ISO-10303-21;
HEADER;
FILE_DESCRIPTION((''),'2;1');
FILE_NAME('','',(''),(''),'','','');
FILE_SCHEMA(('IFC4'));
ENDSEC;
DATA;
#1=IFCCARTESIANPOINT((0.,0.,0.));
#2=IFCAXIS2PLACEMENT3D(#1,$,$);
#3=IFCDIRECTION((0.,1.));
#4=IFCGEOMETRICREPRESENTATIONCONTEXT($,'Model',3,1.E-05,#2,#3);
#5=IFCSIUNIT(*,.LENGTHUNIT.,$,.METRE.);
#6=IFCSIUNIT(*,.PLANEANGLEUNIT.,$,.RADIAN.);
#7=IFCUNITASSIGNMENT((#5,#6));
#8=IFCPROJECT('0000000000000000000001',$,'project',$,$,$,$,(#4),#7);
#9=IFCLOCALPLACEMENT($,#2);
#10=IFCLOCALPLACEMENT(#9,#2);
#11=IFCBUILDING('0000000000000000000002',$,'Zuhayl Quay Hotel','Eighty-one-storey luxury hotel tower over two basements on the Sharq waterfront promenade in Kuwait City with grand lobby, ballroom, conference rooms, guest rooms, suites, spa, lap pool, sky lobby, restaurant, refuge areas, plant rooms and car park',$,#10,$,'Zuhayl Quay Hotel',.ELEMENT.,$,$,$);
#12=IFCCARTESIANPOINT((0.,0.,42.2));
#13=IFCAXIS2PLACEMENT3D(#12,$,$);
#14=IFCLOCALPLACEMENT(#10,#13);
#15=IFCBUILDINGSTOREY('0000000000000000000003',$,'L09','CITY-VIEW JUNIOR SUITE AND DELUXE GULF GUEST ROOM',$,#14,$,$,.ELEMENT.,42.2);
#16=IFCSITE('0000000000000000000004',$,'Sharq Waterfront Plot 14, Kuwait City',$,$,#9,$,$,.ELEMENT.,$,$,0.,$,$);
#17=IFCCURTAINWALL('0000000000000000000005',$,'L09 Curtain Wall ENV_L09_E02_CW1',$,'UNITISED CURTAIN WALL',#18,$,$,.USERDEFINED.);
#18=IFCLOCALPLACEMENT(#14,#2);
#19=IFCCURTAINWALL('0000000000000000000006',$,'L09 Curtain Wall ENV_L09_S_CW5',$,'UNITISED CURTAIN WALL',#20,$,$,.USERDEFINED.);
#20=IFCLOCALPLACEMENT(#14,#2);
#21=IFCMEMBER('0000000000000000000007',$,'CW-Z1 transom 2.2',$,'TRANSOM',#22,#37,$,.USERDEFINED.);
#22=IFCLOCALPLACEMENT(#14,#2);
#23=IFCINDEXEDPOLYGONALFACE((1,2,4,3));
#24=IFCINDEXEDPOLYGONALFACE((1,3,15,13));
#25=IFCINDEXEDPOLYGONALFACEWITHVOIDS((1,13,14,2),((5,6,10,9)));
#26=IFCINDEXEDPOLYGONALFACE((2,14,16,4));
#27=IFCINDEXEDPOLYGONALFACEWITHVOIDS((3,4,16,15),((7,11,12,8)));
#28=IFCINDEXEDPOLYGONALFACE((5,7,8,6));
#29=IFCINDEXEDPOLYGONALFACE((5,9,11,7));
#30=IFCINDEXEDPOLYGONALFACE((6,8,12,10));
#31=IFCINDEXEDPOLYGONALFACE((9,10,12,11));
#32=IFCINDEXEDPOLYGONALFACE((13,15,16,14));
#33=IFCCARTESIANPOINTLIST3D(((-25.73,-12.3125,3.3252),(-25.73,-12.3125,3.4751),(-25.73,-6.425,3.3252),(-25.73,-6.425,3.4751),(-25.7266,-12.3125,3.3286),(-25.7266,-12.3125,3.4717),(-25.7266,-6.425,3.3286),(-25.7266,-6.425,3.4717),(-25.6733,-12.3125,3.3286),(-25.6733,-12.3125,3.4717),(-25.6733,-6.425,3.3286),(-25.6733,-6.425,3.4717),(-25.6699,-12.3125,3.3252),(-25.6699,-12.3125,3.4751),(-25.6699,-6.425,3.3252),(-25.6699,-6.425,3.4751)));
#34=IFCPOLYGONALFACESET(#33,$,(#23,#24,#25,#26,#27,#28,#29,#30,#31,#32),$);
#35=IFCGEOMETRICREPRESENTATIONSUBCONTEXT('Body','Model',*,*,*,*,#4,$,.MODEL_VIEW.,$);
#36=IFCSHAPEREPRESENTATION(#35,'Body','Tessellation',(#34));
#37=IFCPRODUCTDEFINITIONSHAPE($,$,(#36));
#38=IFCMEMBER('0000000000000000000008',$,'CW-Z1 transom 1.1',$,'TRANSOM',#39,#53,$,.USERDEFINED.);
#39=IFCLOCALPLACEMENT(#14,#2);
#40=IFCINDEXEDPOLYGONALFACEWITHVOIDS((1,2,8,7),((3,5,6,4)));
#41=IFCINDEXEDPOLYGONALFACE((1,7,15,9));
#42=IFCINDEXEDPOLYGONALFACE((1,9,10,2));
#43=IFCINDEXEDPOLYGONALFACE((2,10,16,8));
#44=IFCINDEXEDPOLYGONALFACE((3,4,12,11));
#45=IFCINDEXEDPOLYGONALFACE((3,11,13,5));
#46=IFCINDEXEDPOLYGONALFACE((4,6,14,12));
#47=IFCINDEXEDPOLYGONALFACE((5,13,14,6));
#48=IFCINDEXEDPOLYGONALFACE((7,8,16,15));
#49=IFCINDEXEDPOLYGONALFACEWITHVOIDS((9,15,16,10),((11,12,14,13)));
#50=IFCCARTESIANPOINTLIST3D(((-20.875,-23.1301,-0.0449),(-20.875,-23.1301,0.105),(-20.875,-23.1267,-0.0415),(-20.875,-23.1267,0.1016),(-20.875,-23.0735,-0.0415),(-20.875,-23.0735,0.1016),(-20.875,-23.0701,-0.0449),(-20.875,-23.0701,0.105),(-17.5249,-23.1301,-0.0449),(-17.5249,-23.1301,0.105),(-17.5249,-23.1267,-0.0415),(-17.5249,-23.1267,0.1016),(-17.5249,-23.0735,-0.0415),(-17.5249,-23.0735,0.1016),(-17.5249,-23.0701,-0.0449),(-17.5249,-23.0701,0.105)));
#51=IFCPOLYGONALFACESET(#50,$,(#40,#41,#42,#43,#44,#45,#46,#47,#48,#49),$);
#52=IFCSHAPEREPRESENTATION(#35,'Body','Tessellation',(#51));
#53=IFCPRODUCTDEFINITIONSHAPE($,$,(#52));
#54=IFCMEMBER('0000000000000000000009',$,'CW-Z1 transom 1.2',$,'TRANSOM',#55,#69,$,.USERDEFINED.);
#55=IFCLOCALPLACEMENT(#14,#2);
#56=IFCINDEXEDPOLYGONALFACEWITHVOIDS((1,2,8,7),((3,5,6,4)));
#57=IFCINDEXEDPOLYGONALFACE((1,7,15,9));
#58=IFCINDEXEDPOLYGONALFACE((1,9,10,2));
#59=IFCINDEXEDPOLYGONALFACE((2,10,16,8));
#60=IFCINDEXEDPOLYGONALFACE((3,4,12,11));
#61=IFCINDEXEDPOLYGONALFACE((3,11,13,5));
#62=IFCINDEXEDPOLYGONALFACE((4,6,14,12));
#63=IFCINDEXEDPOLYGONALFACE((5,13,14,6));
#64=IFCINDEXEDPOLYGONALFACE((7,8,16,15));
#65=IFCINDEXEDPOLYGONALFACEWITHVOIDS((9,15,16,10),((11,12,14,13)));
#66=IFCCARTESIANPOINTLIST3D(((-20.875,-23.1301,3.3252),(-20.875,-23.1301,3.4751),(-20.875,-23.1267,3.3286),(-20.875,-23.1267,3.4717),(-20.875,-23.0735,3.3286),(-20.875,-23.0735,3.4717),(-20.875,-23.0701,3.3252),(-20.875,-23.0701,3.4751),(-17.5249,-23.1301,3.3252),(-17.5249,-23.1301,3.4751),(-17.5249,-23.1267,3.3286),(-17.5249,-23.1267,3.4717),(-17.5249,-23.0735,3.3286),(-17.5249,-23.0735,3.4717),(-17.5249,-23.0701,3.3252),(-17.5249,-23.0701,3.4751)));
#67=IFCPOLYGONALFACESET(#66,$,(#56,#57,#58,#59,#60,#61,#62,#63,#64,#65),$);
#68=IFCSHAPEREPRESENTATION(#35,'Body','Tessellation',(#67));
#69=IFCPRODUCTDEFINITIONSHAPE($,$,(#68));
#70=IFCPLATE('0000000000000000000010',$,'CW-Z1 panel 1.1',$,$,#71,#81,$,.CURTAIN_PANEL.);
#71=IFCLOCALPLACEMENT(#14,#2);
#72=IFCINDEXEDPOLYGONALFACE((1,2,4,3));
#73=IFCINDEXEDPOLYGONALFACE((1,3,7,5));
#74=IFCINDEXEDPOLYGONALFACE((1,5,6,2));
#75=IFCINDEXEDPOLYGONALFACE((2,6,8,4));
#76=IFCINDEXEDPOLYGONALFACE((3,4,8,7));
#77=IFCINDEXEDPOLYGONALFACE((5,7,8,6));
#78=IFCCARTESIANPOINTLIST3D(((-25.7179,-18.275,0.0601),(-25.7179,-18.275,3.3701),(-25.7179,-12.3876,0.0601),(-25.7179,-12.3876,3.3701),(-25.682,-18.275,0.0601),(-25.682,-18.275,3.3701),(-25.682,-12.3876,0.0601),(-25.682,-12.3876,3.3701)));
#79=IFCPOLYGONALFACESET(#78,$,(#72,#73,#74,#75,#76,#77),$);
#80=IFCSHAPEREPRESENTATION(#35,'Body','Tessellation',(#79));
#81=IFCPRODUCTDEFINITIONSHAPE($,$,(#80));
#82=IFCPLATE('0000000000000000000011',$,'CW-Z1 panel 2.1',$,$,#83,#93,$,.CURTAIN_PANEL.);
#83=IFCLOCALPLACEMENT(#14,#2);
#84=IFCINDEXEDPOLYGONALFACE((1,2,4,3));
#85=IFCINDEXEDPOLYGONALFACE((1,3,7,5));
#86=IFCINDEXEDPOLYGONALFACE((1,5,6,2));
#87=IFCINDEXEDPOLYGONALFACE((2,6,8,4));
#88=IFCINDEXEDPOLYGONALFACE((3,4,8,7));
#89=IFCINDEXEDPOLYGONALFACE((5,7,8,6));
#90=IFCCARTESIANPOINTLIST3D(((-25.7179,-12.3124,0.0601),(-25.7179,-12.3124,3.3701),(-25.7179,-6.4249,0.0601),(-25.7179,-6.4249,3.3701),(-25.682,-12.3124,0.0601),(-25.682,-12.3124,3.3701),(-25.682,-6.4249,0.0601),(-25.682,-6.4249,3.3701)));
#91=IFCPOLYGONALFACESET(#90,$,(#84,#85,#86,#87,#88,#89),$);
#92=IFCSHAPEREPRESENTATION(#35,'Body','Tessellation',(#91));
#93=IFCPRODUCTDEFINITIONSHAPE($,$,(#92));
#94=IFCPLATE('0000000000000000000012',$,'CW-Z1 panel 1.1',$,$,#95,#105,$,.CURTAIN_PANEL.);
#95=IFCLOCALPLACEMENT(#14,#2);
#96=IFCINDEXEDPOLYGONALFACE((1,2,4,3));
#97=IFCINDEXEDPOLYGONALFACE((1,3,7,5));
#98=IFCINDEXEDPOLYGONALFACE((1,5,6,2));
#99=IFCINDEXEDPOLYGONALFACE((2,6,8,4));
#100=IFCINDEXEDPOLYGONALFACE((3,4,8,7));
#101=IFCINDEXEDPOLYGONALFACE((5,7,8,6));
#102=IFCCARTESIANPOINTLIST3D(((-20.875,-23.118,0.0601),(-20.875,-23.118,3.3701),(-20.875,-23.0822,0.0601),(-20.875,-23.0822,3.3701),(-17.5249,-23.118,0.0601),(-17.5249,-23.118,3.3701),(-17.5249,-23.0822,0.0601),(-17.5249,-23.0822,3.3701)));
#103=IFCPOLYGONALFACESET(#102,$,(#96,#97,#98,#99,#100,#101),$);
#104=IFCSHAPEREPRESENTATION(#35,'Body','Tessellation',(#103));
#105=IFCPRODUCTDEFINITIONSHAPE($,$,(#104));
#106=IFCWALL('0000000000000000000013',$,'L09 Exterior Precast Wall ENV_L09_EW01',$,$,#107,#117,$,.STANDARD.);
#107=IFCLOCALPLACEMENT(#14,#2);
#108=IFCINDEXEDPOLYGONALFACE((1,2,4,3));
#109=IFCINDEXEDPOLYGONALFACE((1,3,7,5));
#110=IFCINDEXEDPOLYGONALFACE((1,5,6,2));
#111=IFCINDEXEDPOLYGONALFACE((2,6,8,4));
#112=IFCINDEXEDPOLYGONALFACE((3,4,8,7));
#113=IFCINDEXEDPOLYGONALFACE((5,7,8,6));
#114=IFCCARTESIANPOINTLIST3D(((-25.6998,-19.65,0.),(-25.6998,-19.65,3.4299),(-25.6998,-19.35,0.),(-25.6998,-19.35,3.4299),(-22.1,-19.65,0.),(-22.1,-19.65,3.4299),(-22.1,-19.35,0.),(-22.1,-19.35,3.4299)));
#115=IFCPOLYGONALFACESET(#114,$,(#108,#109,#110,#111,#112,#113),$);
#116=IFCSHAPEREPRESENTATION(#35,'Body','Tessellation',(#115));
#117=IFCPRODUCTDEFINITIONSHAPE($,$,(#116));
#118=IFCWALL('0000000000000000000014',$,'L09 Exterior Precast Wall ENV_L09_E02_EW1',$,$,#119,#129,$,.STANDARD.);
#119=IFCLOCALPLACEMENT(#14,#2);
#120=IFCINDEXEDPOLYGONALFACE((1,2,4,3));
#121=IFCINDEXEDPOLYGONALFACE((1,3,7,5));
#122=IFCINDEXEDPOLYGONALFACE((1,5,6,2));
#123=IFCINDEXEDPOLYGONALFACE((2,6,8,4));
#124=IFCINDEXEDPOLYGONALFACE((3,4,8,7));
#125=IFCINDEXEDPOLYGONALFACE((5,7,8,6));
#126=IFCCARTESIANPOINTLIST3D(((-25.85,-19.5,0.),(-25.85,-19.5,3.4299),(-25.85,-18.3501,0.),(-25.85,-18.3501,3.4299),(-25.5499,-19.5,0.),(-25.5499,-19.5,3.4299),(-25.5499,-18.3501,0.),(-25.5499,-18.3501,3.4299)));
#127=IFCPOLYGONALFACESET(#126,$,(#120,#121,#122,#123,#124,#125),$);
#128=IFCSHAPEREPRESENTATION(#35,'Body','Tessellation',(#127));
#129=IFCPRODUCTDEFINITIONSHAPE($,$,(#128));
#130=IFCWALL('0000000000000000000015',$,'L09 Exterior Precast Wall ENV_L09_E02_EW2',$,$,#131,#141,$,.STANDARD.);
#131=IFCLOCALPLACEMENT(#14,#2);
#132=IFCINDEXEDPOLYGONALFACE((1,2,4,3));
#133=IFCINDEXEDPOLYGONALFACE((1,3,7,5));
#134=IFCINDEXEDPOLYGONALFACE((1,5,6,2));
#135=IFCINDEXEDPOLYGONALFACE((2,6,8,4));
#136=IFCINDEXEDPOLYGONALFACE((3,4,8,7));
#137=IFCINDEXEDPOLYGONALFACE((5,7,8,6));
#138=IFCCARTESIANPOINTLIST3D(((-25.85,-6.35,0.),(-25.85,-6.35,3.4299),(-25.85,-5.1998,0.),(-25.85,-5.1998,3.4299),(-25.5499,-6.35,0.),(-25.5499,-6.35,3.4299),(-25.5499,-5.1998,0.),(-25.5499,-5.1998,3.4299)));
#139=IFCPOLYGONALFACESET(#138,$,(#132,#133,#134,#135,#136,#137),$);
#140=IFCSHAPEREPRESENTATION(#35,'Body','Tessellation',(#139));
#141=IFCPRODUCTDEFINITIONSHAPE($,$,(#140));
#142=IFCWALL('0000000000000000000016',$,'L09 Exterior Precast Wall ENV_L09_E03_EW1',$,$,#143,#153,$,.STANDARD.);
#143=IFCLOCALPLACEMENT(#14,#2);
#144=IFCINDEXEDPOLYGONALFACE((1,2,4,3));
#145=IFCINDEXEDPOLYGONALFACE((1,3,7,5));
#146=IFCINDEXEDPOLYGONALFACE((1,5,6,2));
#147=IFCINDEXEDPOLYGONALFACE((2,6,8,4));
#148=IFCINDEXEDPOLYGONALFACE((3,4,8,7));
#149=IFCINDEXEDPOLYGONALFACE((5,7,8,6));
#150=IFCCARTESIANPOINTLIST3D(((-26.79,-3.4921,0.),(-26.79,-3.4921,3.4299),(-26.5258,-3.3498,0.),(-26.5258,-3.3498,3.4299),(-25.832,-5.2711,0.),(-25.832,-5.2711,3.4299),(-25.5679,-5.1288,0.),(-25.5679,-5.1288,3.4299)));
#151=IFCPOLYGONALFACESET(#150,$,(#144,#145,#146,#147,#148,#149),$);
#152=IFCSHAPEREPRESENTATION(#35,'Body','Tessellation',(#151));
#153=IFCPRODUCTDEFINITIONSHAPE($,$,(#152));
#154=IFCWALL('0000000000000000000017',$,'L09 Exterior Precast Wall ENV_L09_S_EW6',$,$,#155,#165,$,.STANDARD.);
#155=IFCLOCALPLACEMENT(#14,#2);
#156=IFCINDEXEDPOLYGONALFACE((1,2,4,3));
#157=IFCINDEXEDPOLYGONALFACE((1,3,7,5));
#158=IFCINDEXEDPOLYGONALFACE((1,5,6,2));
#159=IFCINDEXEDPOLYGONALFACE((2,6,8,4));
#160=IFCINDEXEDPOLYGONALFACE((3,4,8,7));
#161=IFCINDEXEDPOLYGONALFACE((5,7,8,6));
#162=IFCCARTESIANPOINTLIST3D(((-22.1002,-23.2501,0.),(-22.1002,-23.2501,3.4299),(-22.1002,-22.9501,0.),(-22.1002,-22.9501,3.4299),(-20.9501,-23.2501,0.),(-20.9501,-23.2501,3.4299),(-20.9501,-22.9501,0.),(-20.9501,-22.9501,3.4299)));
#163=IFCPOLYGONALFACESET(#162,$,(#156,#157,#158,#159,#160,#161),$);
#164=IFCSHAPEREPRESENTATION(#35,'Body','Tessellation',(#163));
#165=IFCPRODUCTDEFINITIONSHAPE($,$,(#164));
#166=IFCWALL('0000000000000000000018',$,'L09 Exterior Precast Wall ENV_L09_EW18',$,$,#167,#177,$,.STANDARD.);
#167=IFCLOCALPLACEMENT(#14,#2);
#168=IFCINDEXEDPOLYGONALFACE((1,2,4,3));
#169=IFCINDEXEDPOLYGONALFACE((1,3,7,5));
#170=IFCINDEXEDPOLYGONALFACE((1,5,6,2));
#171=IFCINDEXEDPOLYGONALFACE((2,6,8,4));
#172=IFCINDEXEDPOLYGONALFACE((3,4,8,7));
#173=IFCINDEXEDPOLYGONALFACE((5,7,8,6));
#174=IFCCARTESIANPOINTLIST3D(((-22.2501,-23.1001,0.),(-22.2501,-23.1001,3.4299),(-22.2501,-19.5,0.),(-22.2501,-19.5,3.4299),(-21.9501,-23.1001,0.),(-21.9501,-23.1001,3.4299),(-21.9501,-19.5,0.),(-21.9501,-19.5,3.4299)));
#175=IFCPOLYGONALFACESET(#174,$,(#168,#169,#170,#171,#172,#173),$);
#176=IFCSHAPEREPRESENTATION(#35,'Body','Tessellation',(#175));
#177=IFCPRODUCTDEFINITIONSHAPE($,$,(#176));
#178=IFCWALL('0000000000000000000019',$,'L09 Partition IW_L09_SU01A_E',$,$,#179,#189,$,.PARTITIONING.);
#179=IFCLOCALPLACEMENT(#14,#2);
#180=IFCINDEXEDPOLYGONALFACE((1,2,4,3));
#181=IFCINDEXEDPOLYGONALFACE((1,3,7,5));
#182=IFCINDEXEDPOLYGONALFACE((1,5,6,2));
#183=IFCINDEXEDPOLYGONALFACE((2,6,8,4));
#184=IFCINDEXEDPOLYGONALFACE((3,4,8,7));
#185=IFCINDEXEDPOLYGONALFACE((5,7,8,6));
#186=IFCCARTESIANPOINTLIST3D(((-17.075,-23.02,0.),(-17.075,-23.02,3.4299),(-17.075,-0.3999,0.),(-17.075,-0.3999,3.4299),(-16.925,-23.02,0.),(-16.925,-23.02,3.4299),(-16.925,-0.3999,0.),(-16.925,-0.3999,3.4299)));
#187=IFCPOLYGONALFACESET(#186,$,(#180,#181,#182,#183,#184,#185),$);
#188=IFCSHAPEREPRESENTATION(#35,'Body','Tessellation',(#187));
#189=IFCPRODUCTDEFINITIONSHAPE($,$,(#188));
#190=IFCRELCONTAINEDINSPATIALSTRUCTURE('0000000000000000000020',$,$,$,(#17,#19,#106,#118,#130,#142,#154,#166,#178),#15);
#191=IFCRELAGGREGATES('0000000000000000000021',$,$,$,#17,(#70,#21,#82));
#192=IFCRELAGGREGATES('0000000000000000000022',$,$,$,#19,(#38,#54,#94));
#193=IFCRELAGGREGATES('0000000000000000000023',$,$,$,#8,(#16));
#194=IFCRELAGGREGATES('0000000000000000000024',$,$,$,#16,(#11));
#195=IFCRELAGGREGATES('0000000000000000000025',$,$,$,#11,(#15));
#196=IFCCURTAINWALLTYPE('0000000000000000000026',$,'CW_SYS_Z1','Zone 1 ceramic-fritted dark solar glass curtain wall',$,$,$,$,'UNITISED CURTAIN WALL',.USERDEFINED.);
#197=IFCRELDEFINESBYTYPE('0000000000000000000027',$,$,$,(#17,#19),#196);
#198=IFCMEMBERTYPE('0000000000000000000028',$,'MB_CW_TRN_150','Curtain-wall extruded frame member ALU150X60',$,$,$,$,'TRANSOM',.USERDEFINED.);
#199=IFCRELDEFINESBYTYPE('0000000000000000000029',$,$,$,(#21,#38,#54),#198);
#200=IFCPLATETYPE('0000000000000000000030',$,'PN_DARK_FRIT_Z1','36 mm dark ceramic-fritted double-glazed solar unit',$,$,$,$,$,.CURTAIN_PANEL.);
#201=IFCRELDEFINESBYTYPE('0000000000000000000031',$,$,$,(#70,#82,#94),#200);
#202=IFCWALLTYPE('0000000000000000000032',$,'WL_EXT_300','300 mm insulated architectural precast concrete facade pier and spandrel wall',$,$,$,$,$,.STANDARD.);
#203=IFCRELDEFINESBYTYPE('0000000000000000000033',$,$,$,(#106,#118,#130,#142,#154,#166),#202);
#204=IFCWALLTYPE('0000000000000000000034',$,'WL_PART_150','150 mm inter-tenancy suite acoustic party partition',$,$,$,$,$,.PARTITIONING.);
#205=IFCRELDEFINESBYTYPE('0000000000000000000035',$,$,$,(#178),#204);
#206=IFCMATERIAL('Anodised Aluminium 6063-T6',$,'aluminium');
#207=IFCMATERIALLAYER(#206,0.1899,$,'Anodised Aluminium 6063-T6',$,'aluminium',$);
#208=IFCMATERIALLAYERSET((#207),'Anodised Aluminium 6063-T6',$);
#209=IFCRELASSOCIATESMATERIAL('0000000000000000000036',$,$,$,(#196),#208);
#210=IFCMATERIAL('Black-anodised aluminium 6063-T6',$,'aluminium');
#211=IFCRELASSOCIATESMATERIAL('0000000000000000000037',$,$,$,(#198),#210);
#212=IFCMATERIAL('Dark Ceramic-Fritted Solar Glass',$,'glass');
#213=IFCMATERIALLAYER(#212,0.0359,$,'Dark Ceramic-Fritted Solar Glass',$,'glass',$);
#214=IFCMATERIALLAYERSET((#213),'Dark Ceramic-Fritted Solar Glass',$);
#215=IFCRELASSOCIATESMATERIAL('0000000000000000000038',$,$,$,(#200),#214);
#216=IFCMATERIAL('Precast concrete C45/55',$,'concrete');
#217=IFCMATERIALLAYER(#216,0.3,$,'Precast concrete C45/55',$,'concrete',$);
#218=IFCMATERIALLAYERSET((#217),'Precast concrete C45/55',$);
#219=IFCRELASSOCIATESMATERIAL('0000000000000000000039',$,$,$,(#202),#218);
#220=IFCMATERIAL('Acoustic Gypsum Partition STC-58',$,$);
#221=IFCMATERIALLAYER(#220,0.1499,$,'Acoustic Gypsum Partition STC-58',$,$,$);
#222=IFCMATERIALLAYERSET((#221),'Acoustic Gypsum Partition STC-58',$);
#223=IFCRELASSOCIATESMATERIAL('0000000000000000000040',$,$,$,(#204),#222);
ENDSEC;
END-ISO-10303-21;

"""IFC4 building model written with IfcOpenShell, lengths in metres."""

from ifc_helpers import new_model, si_unit, direction, frame, frame_2d, origin, origin_2d, place, context, subcontext, project, spatial, rectangle, hollow_rectangle, extrude, material, layer, layer_set, material_profile, profile_set, type_object, element, aggregate, save


model = new_model("IFC4")

# Units and contexts
model_context = context("Model", 3, precision=1e-05, world=origin(), true_north=direction((0.0, 1.0)))
body_context = subcontext(model_context, "Body", "Model", "MODEL_VIEW")
ifc_project = project(units=[si_unit("LENGTHUNIT", "METRE"), si_unit("PLANEANGLEUNIT", "RADIAN")], contexts=[model_context])

# Site, building, storey
site_placement = place(None, origin())
site = spatial("IfcSite", under=ifc_project, at=site_placement, Name="Sharq Waterfront Plot 14, Kuwait City", CompositionType="ELEMENT", RefElevation=0.0)
building_placement = place(site_placement, origin())
building = spatial("IfcBuilding", under=site, at=building_placement, Name="Zuhayl Quay Hotel", Description="Eighty-one-storey luxury hotel tower over two basements on the Sharq waterfront promenade in Kuwait City with grand lobby, ballroom, conference rooms, guest rooms, suites, spa, lap pool, sky lobby, restaurant, refuge areas, plant rooms and car park", LongName="Zuhayl Quay Hotel", CompositionType="ELEMENT")
storey_placement = place(building_placement, frame((0.0, 0.0, 42.2)))
storey = spatial("IfcBuildingStorey", under=building, at=storey_placement, Name="L09", Description="CITY-VIEW JUNIOR SUITE AND DELUXE GULF GUEST ROOM", CompositionType="ELEMENT", Elevation=42.2)

# Curtain walls
ifc_material_1 = material(Name="Anodised Aluminium 6063-T6", Category="aluminium")
ifc_layer_1 = layer(ifc_material_1, 0.1899, Name="Anodised Aluminium 6063-T6", Category="aluminium")
ifc_layer_set_1 = layer_set([ifc_layer_1], Name="Anodised Aluminium 6063-T6")
curtain_wall_type = type_object("IfcCurtainWallType", Name="CW_SYS_Z1", Description="Zone 1 ceramic-fritted dark solar glass curtain wall", ElementType="UNITISED CURTAIN WALL", PredefinedType="USERDEFINED", material=ifc_layer_set_1)
curtain_wall_1_placement = place(storey_placement, origin())
curtain_wall_1 = element("IfcCurtainWall", 1, at=curtain_wall_1_placement, inside=storey, type_object=curtain_wall_type, Name="L09 Curtain Wall ENV_L09_E02_CW1", ObjectType="UNITISED CURTAIN WALL", PredefinedType="USERDEFINED")
ifc_material_2 = material(Name="Black-anodised aluminium 6063-T6", Category="aluminium")
curtain_wall_2_placement = place(storey_placement, origin())
curtain_wall_2 = element("IfcCurtainWall", 2, at=curtain_wall_2_placement, inside=storey, type_object=curtain_wall_type, Name="L09 Curtain Wall ENV_L09_S_CW5", ObjectType="UNITISED CURTAIN WALL", PredefinedType="USERDEFINED")

# Members
ifc_material_profile_1 = material_profile(ifc_material_2, hollow_rectangle(XDim=0.0601, YDim=0.1499, WallThickness=0.0034, at=origin_2d()), Name="ALU150X60")
ifc_profile_set_1 = profile_set([ifc_material_profile_1], Name="Black-anodised aluminium 6063-T6")
member_type_1 = type_object("IfcMemberType", Name="MB_CW_TRN_150", Description="Curtain-wall extruded frame member ALU150X60", ElementType="TRANSOM", PredefinedType="USERDEFINED", material=ifc_profile_set_1)
member_1_placement = place(storey_placement, frame((-25.7, -12.3125, 3.4001), z_axis=(0.0, 1.0, 0.0), x_axis=(-1.0, 0.0, 0.0)))
member_1 = element("IfcMember", 3, at=member_1_placement, type_object=member_type_1, Name="CW-Z1 transom 2.2", ObjectType="TRANSOM", PredefinedType="USERDEFINED", context=body_context, shape_type="SweptSolid", body=[
    extrude(hollow_rectangle(XDim=0.0601, YDim=0.1499, WallThickness=0.0034, at=origin_2d()), origin(), (0.0, 0.0, 1.0), 5.8875),
])
member_2_placement = place(storey_placement, frame((-17.5249, -23.1001, 0.03), z_axis=(-1.0, 0.0, 0.0), x_axis=(0.0, -1.0, 0.0)))
member_2 = element("IfcMember", 4, at=member_2_placement, type_object=member_type_1, Name="CW-Z1 transom 1.1", ObjectType="TRANSOM", PredefinedType="USERDEFINED", context=body_context, shape_type="SweptSolid", body=[
    extrude(hollow_rectangle(XDim=0.0601, YDim=0.1499, WallThickness=0.0034, at=origin_2d()), origin(), (0.0, 0.0, 1.0), 3.3501),
])
member_3_placement = place(storey_placement, frame((-17.5249, -23.1001, 3.4001), z_axis=(-1.0, 0.0, 0.0), x_axis=(0.0, -1.0, 0.0)))
member_3 = element("IfcMember", 5, at=member_3_placement, type_object=member_type_1, Name="CW-Z1 transom 1.2", ObjectType="TRANSOM", PredefinedType="USERDEFINED", context=body_context, shape_type="SweptSolid", body=[
    extrude(hollow_rectangle(XDim=0.0601, YDim=0.1499, WallThickness=0.0034, at=origin_2d()), origin(), (0.0, 0.0, 1.0), 3.3501),
])

# Plates
ifc_material_3 = material(Name="Dark Ceramic-Fritted Solar Glass", Category="glass")
ifc_layer_2 = layer(ifc_material_3, 0.0359, Name="Dark Ceramic-Fritted Solar Glass", Category="glass")
ifc_layer_set_2 = layer_set([ifc_layer_2], Name="Dark Ceramic-Fritted Solar Glass")
plate_type = type_object("IfcPlateType", Name="PN_DARK_FRIT_Z1", Description="36 mm dark ceramic-fritted double-glazed solar unit", PredefinedType="CURTAIN_PANEL", material=ifc_layer_set_2)
plate_1_placement = place(storey_placement, frame((-25.7, -15.3313, 0.0601), z_axis=(0.0, 0.0, 1.0), x_axis=(0.0, 1.0, 0.0)))
plate_1 = element("IfcPlate", 6, at=plate_1_placement, type_object=plate_type, Name="CW-Z1 panel 1.1", PredefinedType="CURTAIN_PANEL", context=body_context, shape_type="SweptSolid", body=[
    extrude(rectangle(XDim=5.8875, YDim=0.0359, at=origin_2d()), origin(), (0.0, 0.0, 1.0), 3.3101),
])
plate_2_placement = place(storey_placement, frame((-25.7, -9.3687, 0.0601), z_axis=(0.0, 0.0, 1.0), x_axis=(0.0, 1.0, 0.0)))
plate_2 = element("IfcPlate", 7, at=plate_2_placement, type_object=plate_type, Name="CW-Z1 panel 2.1", PredefinedType="CURTAIN_PANEL", context=body_context, shape_type="SweptSolid", body=[
    extrude(rectangle(XDim=5.8875, YDim=0.0359, at=origin_2d()), origin(), (0.0, 0.0, 1.0), 3.3101),
])
aggregate(curtain_wall_1, [plate_1, member_1, plate_2])
plate_3_placement = place(storey_placement, frame((-19.2, -23.1001, 0.0601), z_axis=(0.0, 0.0, 1.0), x_axis=(-1.0, 0.0, 0.0)))
plate_3 = element("IfcPlate", 8, at=plate_3_placement, type_object=plate_type, Name="CW-Z1 panel 1.1", PredefinedType="CURTAIN_PANEL", context=body_context, shape_type="SweptSolid", body=[
    extrude(rectangle(XDim=3.3501, YDim=0.0359, at=origin_2d()), origin(), (0.0, 0.0, 1.0), 3.3101),
])
aggregate(curtain_wall_2, [member_2, member_3, plate_3])

# Walls
ifc_material_4 = material(Name="Precast concrete C45/55", Category="concrete")
ifc_layer_3 = layer(ifc_material_4, 0.3, Name="Precast concrete C45/55", Category="concrete")
ifc_layer_set_3 = layer_set([ifc_layer_3], Name="Precast concrete C45/55")
wall_type_1 = type_object("IfcWallType", Name="WL_EXT_300", Description="300 mm insulated architectural precast concrete facade pier and spandrel wall", PredefinedType="STANDARD", material=ifc_layer_set_3)
wall_1_placement = place(storey_placement, frame((-22.1001, -19.5, 0.0), z_axis=(0.0, 0.0, 1.0), x_axis=(-1.0, 0.0, 0.0)))
element("IfcWall", 9, at=wall_1_placement, inside=storey, type_object=wall_type_1, Name="L09 Exterior Precast Wall ENV_L09_EW01", PredefinedType="STANDARD", context=body_context, shape_type="SweptSolid", body=[
    extrude(rectangle(XDim=3.5999, YDim=0.3, at=frame_2d((1.7998, 0.0))), origin(), (0.0, 0.0, 1.0), 3.4299),
])
wall_2_placement = place(storey_placement, frame((-25.7, -19.5, 0.0), z_axis=(0.0, 0.0, 1.0), x_axis=(0.0, 1.0, 0.0)))
element("IfcWall", 10, at=wall_2_placement, inside=storey, type_object=wall_type_1, Name="L09 Exterior Precast Wall ENV_L09_E02_EW1", PredefinedType="STANDARD", context=body_context, shape_type="SweptSolid", body=[
    extrude(rectangle(XDim=1.1499, YDim=0.3, at=frame_2d((0.575, 0.0))), origin(), (0.0, 0.0, 1.0), 3.4299),
])
wall_3_placement = place(storey_placement, frame((-25.7, -6.3501, 0.0), z_axis=(0.0, 0.0, 1.0), x_axis=(0.0, 1.0, 0.0)))
element("IfcWall", 11, at=wall_3_placement, inside=storey, type_object=wall_type_1, Name="L09 Exterior Precast Wall ENV_L09_E02_EW2", PredefinedType="STANDARD", context=body_context, shape_type="SweptSolid", body=[
    extrude(rectangle(XDim=1.1501, YDim=0.3, at=frame_2d((0.5752, 0.0))), origin(), (0.0, 0.0, 1.0), 3.4299),
])
wall_4_placement = place(storey_placement, frame((-25.7, -5.2, 0.0), z_axis=(0.0, 0.0, 1.0), x_axis=(-0.474121, 0.880459, 0.0)))
element("IfcWall", 12, at=wall_4_placement, inside=storey, type_object=wall_type_1, Name="L09 Exterior Precast Wall ENV_L09_E03_EW1", PredefinedType="STANDARD", context=body_context, shape_type="SweptSolid", body=[
    extrude(rectangle(XDim=2.0205, YDim=0.3, at=frame_2d((1.0103, 0.0))), origin(), (0.0, 0.0, 1.0), 3.4299),
])
wall_5_placement = place(storey_placement, frame((-20.95, -23.1001, 0.0), z_axis=(0.0, 0.0, 1.0), x_axis=(-1.0, 0.0, 0.0)))
element("IfcWall", 13, at=wall_5_placement, inside=storey, type_object=wall_type_1, Name="L09 Exterior Precast Wall ENV_L09_S_EW6", PredefinedType="STANDARD", context=body_context, shape_type="SweptSolid", body=[
    extrude(rectangle(XDim=1.1501, YDim=0.3, at=frame_2d((0.5752, 0.0))), origin(), (0.0, 0.0, 1.0), 3.4299),
])
wall_6_placement = place(storey_placement, frame((-22.1001, -23.1001, 0.0), z_axis=(0.0, 0.0, 1.0), x_axis=(0.0, 1.0, 0.0)))
element("IfcWall", 14, at=wall_6_placement, inside=storey, type_object=wall_type_1, Name="L09 Exterior Precast Wall ENV_L09_EW18", PredefinedType="STANDARD", context=body_context, shape_type="SweptSolid", body=[
    extrude(rectangle(XDim=3.6001, YDim=0.3, at=frame_2d((1.8, 0.0))), origin(), (0.0, 0.0, 1.0), 3.4299),
])
ifc_material_5 = material(Name="Acoustic Gypsum Partition STC-58")
ifc_layer_4 = layer(ifc_material_5, 0.1499, Name="Acoustic Gypsum Partition STC-58")
ifc_layer_set_4 = layer_set([ifc_layer_4], Name="Acoustic Gypsum Partition STC-58")
wall_type_2 = type_object("IfcWallType", Name="WL_PART_150", Description="150 mm inter-tenancy suite acoustic party partition", PredefinedType="PARTITIONING", material=ifc_layer_set_4)
wall_7_placement = place(storey_placement, frame((-17.0, -23.02, 0.0), z_axis=(0.0, 0.0, 1.0), x_axis=(0.0, 1.0, 0.0)))
element("IfcWall", 15, at=wall_7_placement, inside=storey, type_object=wall_type_2, Name="L09 Partition IW_L09_SU01A_E", PredefinedType="PARTITIONING", context=body_context, shape_type="SweptSolid", body=[
    extrude(rectangle(XDim=22.6201, YDim=0.1499, at=frame_2d((11.3101, 0.0))), origin(), (0.0, 0.0, 1.0), 3.4299),
])

save(model, "model.ifc")
